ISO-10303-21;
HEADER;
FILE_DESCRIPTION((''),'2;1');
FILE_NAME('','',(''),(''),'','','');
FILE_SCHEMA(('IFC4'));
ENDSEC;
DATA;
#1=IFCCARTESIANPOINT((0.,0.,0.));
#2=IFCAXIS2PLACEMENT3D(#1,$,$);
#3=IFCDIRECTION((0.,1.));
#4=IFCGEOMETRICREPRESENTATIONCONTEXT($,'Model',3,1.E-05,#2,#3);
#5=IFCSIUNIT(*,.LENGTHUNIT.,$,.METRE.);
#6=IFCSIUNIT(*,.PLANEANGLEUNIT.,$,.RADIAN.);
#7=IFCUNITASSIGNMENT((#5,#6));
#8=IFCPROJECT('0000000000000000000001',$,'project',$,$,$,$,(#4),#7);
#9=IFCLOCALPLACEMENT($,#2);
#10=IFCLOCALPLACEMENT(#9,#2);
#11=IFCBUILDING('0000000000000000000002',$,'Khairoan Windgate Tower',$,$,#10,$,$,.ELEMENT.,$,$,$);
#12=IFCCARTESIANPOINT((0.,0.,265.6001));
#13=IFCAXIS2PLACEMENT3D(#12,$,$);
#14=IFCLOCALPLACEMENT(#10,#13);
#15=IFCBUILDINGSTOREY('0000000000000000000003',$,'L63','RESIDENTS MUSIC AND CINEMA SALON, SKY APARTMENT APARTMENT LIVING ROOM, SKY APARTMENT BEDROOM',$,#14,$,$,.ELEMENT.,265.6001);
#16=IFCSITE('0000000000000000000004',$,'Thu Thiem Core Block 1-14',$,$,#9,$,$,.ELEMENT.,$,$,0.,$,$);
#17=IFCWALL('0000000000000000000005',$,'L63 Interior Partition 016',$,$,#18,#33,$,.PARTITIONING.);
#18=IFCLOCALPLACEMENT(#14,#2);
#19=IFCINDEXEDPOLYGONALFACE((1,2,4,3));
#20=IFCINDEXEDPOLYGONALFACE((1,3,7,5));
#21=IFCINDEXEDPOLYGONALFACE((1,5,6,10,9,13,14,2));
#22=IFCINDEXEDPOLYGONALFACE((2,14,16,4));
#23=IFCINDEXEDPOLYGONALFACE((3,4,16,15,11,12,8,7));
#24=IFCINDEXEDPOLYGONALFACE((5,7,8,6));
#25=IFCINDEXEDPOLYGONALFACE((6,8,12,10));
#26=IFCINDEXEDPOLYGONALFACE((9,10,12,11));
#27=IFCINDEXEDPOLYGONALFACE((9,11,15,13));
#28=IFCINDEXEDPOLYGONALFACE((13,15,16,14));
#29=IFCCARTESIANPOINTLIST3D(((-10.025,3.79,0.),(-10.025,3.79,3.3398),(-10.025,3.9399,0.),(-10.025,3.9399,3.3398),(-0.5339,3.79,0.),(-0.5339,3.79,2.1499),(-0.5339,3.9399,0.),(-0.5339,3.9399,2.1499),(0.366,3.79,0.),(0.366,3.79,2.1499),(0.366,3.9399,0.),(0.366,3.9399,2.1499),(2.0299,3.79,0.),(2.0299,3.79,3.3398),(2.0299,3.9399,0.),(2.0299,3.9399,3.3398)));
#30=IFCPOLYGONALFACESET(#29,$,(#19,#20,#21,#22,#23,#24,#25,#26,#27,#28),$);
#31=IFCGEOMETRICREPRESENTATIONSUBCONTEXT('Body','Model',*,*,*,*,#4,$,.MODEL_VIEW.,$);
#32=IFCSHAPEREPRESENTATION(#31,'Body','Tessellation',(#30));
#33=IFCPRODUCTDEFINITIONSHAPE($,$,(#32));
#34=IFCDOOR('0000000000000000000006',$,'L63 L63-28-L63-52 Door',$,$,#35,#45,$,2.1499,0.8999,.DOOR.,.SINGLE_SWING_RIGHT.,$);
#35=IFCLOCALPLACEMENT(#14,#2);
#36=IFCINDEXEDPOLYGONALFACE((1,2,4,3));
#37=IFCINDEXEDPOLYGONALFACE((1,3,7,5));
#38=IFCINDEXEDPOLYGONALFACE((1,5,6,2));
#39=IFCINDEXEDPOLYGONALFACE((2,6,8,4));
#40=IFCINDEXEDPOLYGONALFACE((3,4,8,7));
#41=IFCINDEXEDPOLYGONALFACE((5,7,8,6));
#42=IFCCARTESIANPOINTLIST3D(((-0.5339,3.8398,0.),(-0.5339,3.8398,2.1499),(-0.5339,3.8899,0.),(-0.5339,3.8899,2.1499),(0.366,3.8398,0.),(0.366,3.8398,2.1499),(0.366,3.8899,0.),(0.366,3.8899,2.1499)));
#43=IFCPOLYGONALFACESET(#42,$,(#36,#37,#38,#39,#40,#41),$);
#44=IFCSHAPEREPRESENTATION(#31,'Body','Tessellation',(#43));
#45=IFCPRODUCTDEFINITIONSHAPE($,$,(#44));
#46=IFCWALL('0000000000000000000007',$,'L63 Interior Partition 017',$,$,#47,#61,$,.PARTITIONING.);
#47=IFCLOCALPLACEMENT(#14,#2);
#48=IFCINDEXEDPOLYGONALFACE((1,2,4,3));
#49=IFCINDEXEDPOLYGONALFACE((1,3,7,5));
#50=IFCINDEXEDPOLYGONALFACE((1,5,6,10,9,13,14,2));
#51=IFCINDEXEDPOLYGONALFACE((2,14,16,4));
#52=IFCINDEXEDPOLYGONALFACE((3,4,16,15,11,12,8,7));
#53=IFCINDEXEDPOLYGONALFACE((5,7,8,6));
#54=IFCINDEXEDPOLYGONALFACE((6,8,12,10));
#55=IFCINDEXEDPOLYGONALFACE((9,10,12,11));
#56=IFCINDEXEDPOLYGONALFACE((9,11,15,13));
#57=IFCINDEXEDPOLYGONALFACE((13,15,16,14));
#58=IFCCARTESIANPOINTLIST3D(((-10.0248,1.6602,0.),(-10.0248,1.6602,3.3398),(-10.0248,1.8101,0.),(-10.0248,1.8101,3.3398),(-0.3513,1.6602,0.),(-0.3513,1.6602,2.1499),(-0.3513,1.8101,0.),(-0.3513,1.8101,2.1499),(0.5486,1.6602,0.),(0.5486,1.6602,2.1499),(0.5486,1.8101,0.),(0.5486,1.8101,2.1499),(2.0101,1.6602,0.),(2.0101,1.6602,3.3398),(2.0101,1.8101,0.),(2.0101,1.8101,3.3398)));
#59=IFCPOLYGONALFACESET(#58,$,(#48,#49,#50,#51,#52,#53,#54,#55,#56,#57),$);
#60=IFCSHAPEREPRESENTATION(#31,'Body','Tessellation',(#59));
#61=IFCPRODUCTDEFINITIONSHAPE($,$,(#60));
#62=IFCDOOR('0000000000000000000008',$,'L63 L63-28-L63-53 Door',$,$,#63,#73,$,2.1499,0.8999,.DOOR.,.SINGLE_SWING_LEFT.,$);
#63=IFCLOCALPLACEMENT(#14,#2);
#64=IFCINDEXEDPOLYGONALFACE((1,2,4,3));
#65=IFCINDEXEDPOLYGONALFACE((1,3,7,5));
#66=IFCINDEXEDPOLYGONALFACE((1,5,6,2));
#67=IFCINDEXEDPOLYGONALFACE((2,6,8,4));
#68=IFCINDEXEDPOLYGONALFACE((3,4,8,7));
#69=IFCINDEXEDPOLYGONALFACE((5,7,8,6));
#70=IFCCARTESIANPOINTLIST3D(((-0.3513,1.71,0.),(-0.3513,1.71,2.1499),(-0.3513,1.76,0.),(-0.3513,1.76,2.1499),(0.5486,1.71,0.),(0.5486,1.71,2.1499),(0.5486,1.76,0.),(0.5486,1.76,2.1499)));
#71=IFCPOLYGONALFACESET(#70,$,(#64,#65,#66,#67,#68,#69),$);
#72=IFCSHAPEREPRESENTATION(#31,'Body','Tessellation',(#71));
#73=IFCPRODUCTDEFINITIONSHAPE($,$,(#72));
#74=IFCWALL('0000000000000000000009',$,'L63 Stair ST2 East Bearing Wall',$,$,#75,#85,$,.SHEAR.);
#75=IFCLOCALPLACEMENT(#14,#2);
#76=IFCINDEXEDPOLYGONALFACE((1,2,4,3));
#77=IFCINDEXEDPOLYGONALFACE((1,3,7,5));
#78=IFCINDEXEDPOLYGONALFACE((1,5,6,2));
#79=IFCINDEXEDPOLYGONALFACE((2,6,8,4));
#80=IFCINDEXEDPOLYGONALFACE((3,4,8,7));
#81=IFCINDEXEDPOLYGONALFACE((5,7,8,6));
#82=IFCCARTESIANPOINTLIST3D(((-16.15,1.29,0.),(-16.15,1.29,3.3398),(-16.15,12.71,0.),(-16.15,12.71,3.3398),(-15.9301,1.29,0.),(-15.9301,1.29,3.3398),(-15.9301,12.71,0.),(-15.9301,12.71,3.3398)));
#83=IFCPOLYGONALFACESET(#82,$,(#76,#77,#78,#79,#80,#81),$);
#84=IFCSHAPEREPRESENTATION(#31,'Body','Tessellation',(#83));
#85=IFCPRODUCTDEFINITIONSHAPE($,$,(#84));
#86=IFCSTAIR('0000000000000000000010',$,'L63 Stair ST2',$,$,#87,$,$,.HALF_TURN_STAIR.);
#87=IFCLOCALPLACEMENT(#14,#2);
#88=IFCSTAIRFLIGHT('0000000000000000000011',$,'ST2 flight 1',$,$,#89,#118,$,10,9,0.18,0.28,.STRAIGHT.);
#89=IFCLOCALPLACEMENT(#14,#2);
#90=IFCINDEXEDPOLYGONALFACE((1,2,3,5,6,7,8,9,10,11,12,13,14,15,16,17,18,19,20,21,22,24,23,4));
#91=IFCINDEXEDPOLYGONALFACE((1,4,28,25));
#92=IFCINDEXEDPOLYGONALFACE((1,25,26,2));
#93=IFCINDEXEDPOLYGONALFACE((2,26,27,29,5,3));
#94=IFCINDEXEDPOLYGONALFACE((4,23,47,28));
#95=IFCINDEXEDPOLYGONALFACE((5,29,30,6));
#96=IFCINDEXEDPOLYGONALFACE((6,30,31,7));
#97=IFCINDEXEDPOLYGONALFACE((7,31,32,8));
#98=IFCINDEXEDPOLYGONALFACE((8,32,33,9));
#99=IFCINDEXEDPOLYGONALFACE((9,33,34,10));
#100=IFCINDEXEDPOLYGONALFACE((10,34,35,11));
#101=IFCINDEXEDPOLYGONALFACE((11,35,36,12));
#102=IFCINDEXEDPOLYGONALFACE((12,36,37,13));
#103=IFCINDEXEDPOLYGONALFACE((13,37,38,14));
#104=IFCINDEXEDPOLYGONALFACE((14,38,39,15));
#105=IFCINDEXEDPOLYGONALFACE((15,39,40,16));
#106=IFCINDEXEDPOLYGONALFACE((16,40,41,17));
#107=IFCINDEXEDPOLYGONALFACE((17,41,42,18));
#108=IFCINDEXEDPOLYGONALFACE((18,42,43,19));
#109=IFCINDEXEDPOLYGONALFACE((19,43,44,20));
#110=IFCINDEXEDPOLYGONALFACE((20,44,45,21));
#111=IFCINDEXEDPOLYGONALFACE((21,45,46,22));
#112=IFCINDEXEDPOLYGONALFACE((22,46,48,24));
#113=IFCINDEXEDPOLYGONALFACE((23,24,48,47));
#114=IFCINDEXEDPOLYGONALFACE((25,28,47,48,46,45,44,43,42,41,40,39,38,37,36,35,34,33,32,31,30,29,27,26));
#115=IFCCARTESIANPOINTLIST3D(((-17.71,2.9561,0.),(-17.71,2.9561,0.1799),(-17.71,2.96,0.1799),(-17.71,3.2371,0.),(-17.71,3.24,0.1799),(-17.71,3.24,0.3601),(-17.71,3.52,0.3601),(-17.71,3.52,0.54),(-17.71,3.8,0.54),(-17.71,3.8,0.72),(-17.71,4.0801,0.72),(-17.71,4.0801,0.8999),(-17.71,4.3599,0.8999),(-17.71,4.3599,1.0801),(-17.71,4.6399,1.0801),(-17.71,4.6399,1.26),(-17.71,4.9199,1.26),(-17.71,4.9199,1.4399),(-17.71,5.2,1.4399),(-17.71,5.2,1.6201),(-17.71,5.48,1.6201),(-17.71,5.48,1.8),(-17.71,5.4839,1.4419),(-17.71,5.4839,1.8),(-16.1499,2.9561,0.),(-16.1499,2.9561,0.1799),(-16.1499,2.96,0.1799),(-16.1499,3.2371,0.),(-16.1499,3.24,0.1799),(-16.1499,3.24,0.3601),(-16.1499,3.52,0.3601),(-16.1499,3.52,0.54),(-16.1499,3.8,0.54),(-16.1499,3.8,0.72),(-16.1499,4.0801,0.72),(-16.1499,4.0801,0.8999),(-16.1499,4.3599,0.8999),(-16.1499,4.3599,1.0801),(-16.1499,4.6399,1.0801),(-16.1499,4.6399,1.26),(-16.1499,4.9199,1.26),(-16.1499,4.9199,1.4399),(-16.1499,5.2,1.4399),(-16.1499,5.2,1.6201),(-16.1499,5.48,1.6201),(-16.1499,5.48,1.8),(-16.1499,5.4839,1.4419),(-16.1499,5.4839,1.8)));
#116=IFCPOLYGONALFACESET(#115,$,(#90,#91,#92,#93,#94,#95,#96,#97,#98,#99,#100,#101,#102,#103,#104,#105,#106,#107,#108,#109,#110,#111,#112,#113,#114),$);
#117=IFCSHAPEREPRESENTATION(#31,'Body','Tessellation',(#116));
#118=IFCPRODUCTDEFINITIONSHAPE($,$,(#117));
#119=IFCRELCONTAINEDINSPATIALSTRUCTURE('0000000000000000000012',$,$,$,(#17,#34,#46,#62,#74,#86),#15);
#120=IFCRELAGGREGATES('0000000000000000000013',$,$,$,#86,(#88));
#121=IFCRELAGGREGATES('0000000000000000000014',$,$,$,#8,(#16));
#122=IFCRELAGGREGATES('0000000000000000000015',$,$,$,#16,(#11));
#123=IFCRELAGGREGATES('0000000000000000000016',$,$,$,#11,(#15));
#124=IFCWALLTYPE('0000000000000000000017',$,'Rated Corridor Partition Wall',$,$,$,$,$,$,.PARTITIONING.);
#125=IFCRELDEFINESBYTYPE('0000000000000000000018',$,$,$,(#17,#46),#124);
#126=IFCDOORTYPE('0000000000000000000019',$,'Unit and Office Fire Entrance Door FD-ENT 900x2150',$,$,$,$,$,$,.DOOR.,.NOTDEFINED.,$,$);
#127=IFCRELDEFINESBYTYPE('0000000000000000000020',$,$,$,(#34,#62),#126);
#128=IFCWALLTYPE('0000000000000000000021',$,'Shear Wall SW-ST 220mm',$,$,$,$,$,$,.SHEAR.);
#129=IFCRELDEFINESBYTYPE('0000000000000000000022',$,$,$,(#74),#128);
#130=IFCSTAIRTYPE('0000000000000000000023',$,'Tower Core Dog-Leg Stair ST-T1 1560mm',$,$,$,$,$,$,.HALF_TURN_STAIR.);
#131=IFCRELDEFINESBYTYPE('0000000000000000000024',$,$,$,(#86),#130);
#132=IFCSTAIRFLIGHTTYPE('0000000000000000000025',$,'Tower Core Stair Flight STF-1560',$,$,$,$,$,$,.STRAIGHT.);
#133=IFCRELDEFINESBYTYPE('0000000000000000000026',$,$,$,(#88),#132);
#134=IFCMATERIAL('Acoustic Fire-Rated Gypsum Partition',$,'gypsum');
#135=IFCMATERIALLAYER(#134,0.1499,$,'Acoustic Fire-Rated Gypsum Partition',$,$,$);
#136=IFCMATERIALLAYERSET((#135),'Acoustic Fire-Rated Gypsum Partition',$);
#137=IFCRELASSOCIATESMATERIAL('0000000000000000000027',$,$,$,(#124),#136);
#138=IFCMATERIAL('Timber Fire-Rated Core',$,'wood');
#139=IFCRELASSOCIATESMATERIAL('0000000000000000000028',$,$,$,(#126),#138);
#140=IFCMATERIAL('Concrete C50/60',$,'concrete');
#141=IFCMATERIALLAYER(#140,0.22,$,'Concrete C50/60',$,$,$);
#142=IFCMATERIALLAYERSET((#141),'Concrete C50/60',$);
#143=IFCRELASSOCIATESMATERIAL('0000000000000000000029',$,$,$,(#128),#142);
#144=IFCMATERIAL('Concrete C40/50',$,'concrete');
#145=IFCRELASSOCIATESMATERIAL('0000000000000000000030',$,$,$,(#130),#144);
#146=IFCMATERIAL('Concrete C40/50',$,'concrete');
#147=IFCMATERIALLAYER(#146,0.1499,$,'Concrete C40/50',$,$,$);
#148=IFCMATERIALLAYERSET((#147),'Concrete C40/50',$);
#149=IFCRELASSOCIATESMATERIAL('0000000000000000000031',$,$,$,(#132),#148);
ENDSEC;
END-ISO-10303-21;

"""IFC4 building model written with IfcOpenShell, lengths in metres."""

from ifc_helpers import new_model, si_unit, direction, frame, frame_2d, origin, place, context, subcontext, project, spatial, polyline, rectangle, outline, extrude, material, layer, layer_set, type_object, element, fill, aggregate, save


model = new_model("IFC4")

# Units and contexts
model_context = context("Model", 3, precision=1e-05, world=origin(), true_north=direction((0.0, 1.0)))
body_context = subcontext(model_context, "Body", "Model", "MODEL_VIEW")
ifc_project = project(units=[si_unit("LENGTHUNIT", "METRE"), si_unit("PLANEANGLEUNIT", "RADIAN")], contexts=[model_context])

# Site, building, storey
site_placement = place(None, origin())
site = spatial("IfcSite", under=ifc_project, at=site_placement, Name="Thu Thiem Core Block 1-14", CompositionType="ELEMENT", RefElevation=0.0)
building_placement = place(site_placement, origin())
building = spatial("IfcBuilding", under=site, at=building_placement, Name="Khairoan Windgate Tower", CompositionType="ELEMENT")
storey_placement = place(building_placement, frame((0.0, 0.0, 265.6001)))
storey = spatial("IfcBuildingStorey", under=building, at=storey_placement, Name="L63", Description="RESIDENTS MUSIC AND CINEMA SALON, SKY APARTMENT APARTMENT LIVING ROOM, SKY APARTMENT BEDROOM", CompositionType="ELEMENT", Elevation=265.6001)

# Walls, openings, doors
ifc_material_1 = material(Name="Acoustic Fire-Rated Gypsum Partition", Category="gypsum")
ifc_layer_1 = layer(ifc_material_1, 0.1499, Name="Acoustic Fire-Rated Gypsum Partition")
ifc_layer_set_1 = layer_set([ifc_layer_1], Name="Acoustic Fire-Rated Gypsum Partition")
wall_type_1 = type_object("IfcWallType", Name="Rated Corridor Partition Wall", PredefinedType="PARTITIONING", material=ifc_layer_set_1)
ifc_material_2 = material(Name="Timber Fire-Rated Core", Category="wood")
door_type = type_object("IfcDoorType", Name="Unit and Office Fire Entrance Door FD-ENT 900x2150", OperationType="NOTDEFINED", PredefinedType="DOOR", material=ifc_material_2)
wall_1_placement = place(storey_placement, frame((-10.0249, 3.865, 0.0), z_axis=(0.0, 0.0, 1.0), x_axis=(1.0, 0.0, 0.0)))
wall_1 = element("IfcWall", 1, at=wall_1_placement, inside=storey, type_object=wall_type_1, Name="L63 Interior Partition 016", PredefinedType="PARTITIONING", context=body_context, shape_type="SweptSolid", body=[
    extrude(rectangle(XDim=12.0549, YDim=0.1499, at=frame_2d((6.0273, 0.0))), origin(), (0.0, 0.0, 1.0), 3.3398),
])
opening_1_placement = place(wall_1_placement, frame((9.491, 0.0, 0.0)))
opening_1 = element("IfcOpeningElement", 2, at=opening_1_placement, cuts=wall_1, PredefinedType="OPENING", context=body_context, shape_type="SweptSolid", body=[
    extrude(rectangle(XDim=0.8999, YDim=2.1499, at=frame_2d((0.45, 1.075))), frame((0.0, 0.085, 0.0), z_axis=(0.0, -1.0, 0.0), x_axis=(1.0, 0.0, 0.0)), (0.0, 0.0, 1.0), 0.1699),
])
door_1_placement = place(opening_1_placement, origin())
door_1 = element("IfcDoor", 3, at=door_1_placement, inside=storey, type_object=door_type, Name="L63 L63-28-L63-52 Door", OperationType="SINGLE_SWING_RIGHT", OverallHeight=2.1499, OverallWidth=0.8999, PredefinedType="DOOR", context=body_context, shape_type="SweptSolid", body=[
    extrude(rectangle(XDim=0.8999, YDim=2.1499, at=frame_2d((0.45, 1.075))), frame((0.0, 0.0249, 0.0), z_axis=(0.0, -1.0, 0.0), x_axis=(1.0, 0.0, 0.0)), (0.0, 0.0, 1.0), 0.05),
])
fill(opening_1, door_1)
wall_2_placement = place(storey_placement, frame((-10.0249, 1.7351, 0.0), z_axis=(0.0, 0.0, 1.0), x_axis=(1.0, 0.0, 0.0)))
wall_2 = element("IfcWall", 4, at=wall_2_placement, inside=storey, type_object=wall_type_1, Name="L63 Interior Partition 017", PredefinedType="PARTITIONING", context=body_context, shape_type="SweptSolid", body=[
    extrude(rectangle(XDim=12.0349, YDim=0.1499, at=frame_2d((6.0176, 0.0))), origin(), (0.0, 0.0, 1.0), 3.3398),
])
opening_2_placement = place(wall_2_placement, frame((9.6736, 0.0, 0.0)))
opening_2 = element("IfcOpeningElement", 5, at=opening_2_placement, cuts=wall_2, PredefinedType="OPENING", context=body_context, shape_type="SweptSolid", body=[
    extrude(rectangle(XDim=0.8999, YDim=2.1499, at=frame_2d((0.45, 1.075))), frame((0.0, 0.085, 0.0), z_axis=(0.0, -1.0, 0.0), x_axis=(1.0, 0.0, 0.0)), (0.0, 0.0, 1.0), 0.1699),
])
door_2_placement = place(opening_2_placement, origin())
door_2 = element("IfcDoor", 6, at=door_2_placement, inside=storey, type_object=door_type, Name="L63 L63-28-L63-53 Door", OperationType="SINGLE_SWING_LEFT", OverallHeight=2.1499, OverallWidth=0.8999, PredefinedType="DOOR", context=body_context, shape_type="SweptSolid", body=[
    extrude(rectangle(XDim=0.8999, YDim=2.1499, at=frame_2d((0.45, 1.075))), frame((0.0, 0.0249, 0.0), z_axis=(0.0, -1.0, 0.0), x_axis=(1.0, 0.0, 0.0)), (0.0, 0.0, 1.0), 0.05),
])
fill(opening_2, door_2)

# Wall
ifc_material_3 = material(Name="Concrete C50/60", Category="concrete")
ifc_layer_2 = layer(ifc_material_3, 0.22, Name="Concrete C50/60")
ifc_layer_set_2 = layer_set([ifc_layer_2], Name="Concrete C50/60")
wall_type_2 = type_object("IfcWallType", Name="Shear Wall SW-ST 220mm", PredefinedType="SHEAR", material=ifc_layer_set_2)
wall_3_placement = place(storey_placement, frame((-16.04, 1.29, 0.0), z_axis=(0.0, 0.0, 1.0), x_axis=(0.0, 1.0, 0.0)))
element("IfcWall", 7, at=wall_3_placement, inside=storey, type_object=wall_type_2, Name="L63 Stair ST2 East Bearing Wall", PredefinedType="SHEAR", context=body_context, shape_type="SweptSolid", body=[
    extrude(rectangle(XDim=11.4199, YDim=0.22, at=frame_2d((5.71, 0.0))), origin(), (0.0, 0.0, 1.0), 3.3398),
])

# Stair, stair flight
ifc_material_4 = material(Name="Concrete C40/50", Category="concrete")
stair_type = type_object("IfcStairType", Name="Tower Core Dog-Leg Stair ST-T1 1560mm", PredefinedType="HALF_TURN_STAIR", material=ifc_material_4)
stair_placement = place(storey_placement, origin())
stair = element("IfcStair", 8, at=stair_placement, inside=storey, type_object=stair_type, Name="L63 Stair ST2", PredefinedType="HALF_TURN_STAIR")
ifc_material_5 = material(Name="Concrete C40/50", Category="concrete")
ifc_layer_3 = layer(ifc_material_5, 0.1499, Name="Concrete C40/50")
ifc_layer_set_3 = layer_set([ifc_layer_3], Name="Concrete C40/50")
stair_flight_type = type_object("IfcStairFlightType", Name="Tower Core Stair Flight STF-1560", PredefinedType="STRAIGHT", material=ifc_layer_set_3)
stair_flight_placement = place(storey_placement, frame((-16.9299, 2.96, 0.0), z_axis=(0.0, 0.0, 1.0), x_axis=(0.0, 1.0, 0.0)))
stair_flight = element("IfcStairFlight", 9, at=stair_flight_placement, type_object=stair_flight_type, Name="ST2 flight 1", NumberOfRisers=10, NumberOfTreads=9, PredefinedType="STRAIGHT", RiserHeight=0.18, TreadLength=0.28, context=body_context, shape_type="SweptSolid", body=[
    extrude(outline(polyline([(-0.0039, 0.0), (-0.0039, 0.1799), (0.0, 0.1799), (0.28, 0.1799), (0.28, 0.3601), (0.5601, 0.3601), (0.5601, 0.54), (0.8401, 0.54), (0.8401, 0.72), (1.1201, 0.72), (1.1201, 0.8999), (1.3999, 0.8999), (1.3999, 1.0801), (1.6799, 1.0801), (1.6799, 1.26), (1.96, 1.26), (1.96, 1.4399), (2.24, 1.4399), (2.24, 1.6201), (2.52, 1.6201), (2.52, 1.8), (2.5239, 1.8), (2.5239, 1.4419), (0.2771, 0.0), (-0.0039, 0.0)])), frame((0.0, 0.78, 0.0), z_axis=(0.0, -1.0, 0.0), x_axis=(1.0, 0.0, 0.0)), (0.0, 0.0, 1.0), 1.5601),
])
aggregate(stair, [stair_flight])

save(model, "model.ifc")
